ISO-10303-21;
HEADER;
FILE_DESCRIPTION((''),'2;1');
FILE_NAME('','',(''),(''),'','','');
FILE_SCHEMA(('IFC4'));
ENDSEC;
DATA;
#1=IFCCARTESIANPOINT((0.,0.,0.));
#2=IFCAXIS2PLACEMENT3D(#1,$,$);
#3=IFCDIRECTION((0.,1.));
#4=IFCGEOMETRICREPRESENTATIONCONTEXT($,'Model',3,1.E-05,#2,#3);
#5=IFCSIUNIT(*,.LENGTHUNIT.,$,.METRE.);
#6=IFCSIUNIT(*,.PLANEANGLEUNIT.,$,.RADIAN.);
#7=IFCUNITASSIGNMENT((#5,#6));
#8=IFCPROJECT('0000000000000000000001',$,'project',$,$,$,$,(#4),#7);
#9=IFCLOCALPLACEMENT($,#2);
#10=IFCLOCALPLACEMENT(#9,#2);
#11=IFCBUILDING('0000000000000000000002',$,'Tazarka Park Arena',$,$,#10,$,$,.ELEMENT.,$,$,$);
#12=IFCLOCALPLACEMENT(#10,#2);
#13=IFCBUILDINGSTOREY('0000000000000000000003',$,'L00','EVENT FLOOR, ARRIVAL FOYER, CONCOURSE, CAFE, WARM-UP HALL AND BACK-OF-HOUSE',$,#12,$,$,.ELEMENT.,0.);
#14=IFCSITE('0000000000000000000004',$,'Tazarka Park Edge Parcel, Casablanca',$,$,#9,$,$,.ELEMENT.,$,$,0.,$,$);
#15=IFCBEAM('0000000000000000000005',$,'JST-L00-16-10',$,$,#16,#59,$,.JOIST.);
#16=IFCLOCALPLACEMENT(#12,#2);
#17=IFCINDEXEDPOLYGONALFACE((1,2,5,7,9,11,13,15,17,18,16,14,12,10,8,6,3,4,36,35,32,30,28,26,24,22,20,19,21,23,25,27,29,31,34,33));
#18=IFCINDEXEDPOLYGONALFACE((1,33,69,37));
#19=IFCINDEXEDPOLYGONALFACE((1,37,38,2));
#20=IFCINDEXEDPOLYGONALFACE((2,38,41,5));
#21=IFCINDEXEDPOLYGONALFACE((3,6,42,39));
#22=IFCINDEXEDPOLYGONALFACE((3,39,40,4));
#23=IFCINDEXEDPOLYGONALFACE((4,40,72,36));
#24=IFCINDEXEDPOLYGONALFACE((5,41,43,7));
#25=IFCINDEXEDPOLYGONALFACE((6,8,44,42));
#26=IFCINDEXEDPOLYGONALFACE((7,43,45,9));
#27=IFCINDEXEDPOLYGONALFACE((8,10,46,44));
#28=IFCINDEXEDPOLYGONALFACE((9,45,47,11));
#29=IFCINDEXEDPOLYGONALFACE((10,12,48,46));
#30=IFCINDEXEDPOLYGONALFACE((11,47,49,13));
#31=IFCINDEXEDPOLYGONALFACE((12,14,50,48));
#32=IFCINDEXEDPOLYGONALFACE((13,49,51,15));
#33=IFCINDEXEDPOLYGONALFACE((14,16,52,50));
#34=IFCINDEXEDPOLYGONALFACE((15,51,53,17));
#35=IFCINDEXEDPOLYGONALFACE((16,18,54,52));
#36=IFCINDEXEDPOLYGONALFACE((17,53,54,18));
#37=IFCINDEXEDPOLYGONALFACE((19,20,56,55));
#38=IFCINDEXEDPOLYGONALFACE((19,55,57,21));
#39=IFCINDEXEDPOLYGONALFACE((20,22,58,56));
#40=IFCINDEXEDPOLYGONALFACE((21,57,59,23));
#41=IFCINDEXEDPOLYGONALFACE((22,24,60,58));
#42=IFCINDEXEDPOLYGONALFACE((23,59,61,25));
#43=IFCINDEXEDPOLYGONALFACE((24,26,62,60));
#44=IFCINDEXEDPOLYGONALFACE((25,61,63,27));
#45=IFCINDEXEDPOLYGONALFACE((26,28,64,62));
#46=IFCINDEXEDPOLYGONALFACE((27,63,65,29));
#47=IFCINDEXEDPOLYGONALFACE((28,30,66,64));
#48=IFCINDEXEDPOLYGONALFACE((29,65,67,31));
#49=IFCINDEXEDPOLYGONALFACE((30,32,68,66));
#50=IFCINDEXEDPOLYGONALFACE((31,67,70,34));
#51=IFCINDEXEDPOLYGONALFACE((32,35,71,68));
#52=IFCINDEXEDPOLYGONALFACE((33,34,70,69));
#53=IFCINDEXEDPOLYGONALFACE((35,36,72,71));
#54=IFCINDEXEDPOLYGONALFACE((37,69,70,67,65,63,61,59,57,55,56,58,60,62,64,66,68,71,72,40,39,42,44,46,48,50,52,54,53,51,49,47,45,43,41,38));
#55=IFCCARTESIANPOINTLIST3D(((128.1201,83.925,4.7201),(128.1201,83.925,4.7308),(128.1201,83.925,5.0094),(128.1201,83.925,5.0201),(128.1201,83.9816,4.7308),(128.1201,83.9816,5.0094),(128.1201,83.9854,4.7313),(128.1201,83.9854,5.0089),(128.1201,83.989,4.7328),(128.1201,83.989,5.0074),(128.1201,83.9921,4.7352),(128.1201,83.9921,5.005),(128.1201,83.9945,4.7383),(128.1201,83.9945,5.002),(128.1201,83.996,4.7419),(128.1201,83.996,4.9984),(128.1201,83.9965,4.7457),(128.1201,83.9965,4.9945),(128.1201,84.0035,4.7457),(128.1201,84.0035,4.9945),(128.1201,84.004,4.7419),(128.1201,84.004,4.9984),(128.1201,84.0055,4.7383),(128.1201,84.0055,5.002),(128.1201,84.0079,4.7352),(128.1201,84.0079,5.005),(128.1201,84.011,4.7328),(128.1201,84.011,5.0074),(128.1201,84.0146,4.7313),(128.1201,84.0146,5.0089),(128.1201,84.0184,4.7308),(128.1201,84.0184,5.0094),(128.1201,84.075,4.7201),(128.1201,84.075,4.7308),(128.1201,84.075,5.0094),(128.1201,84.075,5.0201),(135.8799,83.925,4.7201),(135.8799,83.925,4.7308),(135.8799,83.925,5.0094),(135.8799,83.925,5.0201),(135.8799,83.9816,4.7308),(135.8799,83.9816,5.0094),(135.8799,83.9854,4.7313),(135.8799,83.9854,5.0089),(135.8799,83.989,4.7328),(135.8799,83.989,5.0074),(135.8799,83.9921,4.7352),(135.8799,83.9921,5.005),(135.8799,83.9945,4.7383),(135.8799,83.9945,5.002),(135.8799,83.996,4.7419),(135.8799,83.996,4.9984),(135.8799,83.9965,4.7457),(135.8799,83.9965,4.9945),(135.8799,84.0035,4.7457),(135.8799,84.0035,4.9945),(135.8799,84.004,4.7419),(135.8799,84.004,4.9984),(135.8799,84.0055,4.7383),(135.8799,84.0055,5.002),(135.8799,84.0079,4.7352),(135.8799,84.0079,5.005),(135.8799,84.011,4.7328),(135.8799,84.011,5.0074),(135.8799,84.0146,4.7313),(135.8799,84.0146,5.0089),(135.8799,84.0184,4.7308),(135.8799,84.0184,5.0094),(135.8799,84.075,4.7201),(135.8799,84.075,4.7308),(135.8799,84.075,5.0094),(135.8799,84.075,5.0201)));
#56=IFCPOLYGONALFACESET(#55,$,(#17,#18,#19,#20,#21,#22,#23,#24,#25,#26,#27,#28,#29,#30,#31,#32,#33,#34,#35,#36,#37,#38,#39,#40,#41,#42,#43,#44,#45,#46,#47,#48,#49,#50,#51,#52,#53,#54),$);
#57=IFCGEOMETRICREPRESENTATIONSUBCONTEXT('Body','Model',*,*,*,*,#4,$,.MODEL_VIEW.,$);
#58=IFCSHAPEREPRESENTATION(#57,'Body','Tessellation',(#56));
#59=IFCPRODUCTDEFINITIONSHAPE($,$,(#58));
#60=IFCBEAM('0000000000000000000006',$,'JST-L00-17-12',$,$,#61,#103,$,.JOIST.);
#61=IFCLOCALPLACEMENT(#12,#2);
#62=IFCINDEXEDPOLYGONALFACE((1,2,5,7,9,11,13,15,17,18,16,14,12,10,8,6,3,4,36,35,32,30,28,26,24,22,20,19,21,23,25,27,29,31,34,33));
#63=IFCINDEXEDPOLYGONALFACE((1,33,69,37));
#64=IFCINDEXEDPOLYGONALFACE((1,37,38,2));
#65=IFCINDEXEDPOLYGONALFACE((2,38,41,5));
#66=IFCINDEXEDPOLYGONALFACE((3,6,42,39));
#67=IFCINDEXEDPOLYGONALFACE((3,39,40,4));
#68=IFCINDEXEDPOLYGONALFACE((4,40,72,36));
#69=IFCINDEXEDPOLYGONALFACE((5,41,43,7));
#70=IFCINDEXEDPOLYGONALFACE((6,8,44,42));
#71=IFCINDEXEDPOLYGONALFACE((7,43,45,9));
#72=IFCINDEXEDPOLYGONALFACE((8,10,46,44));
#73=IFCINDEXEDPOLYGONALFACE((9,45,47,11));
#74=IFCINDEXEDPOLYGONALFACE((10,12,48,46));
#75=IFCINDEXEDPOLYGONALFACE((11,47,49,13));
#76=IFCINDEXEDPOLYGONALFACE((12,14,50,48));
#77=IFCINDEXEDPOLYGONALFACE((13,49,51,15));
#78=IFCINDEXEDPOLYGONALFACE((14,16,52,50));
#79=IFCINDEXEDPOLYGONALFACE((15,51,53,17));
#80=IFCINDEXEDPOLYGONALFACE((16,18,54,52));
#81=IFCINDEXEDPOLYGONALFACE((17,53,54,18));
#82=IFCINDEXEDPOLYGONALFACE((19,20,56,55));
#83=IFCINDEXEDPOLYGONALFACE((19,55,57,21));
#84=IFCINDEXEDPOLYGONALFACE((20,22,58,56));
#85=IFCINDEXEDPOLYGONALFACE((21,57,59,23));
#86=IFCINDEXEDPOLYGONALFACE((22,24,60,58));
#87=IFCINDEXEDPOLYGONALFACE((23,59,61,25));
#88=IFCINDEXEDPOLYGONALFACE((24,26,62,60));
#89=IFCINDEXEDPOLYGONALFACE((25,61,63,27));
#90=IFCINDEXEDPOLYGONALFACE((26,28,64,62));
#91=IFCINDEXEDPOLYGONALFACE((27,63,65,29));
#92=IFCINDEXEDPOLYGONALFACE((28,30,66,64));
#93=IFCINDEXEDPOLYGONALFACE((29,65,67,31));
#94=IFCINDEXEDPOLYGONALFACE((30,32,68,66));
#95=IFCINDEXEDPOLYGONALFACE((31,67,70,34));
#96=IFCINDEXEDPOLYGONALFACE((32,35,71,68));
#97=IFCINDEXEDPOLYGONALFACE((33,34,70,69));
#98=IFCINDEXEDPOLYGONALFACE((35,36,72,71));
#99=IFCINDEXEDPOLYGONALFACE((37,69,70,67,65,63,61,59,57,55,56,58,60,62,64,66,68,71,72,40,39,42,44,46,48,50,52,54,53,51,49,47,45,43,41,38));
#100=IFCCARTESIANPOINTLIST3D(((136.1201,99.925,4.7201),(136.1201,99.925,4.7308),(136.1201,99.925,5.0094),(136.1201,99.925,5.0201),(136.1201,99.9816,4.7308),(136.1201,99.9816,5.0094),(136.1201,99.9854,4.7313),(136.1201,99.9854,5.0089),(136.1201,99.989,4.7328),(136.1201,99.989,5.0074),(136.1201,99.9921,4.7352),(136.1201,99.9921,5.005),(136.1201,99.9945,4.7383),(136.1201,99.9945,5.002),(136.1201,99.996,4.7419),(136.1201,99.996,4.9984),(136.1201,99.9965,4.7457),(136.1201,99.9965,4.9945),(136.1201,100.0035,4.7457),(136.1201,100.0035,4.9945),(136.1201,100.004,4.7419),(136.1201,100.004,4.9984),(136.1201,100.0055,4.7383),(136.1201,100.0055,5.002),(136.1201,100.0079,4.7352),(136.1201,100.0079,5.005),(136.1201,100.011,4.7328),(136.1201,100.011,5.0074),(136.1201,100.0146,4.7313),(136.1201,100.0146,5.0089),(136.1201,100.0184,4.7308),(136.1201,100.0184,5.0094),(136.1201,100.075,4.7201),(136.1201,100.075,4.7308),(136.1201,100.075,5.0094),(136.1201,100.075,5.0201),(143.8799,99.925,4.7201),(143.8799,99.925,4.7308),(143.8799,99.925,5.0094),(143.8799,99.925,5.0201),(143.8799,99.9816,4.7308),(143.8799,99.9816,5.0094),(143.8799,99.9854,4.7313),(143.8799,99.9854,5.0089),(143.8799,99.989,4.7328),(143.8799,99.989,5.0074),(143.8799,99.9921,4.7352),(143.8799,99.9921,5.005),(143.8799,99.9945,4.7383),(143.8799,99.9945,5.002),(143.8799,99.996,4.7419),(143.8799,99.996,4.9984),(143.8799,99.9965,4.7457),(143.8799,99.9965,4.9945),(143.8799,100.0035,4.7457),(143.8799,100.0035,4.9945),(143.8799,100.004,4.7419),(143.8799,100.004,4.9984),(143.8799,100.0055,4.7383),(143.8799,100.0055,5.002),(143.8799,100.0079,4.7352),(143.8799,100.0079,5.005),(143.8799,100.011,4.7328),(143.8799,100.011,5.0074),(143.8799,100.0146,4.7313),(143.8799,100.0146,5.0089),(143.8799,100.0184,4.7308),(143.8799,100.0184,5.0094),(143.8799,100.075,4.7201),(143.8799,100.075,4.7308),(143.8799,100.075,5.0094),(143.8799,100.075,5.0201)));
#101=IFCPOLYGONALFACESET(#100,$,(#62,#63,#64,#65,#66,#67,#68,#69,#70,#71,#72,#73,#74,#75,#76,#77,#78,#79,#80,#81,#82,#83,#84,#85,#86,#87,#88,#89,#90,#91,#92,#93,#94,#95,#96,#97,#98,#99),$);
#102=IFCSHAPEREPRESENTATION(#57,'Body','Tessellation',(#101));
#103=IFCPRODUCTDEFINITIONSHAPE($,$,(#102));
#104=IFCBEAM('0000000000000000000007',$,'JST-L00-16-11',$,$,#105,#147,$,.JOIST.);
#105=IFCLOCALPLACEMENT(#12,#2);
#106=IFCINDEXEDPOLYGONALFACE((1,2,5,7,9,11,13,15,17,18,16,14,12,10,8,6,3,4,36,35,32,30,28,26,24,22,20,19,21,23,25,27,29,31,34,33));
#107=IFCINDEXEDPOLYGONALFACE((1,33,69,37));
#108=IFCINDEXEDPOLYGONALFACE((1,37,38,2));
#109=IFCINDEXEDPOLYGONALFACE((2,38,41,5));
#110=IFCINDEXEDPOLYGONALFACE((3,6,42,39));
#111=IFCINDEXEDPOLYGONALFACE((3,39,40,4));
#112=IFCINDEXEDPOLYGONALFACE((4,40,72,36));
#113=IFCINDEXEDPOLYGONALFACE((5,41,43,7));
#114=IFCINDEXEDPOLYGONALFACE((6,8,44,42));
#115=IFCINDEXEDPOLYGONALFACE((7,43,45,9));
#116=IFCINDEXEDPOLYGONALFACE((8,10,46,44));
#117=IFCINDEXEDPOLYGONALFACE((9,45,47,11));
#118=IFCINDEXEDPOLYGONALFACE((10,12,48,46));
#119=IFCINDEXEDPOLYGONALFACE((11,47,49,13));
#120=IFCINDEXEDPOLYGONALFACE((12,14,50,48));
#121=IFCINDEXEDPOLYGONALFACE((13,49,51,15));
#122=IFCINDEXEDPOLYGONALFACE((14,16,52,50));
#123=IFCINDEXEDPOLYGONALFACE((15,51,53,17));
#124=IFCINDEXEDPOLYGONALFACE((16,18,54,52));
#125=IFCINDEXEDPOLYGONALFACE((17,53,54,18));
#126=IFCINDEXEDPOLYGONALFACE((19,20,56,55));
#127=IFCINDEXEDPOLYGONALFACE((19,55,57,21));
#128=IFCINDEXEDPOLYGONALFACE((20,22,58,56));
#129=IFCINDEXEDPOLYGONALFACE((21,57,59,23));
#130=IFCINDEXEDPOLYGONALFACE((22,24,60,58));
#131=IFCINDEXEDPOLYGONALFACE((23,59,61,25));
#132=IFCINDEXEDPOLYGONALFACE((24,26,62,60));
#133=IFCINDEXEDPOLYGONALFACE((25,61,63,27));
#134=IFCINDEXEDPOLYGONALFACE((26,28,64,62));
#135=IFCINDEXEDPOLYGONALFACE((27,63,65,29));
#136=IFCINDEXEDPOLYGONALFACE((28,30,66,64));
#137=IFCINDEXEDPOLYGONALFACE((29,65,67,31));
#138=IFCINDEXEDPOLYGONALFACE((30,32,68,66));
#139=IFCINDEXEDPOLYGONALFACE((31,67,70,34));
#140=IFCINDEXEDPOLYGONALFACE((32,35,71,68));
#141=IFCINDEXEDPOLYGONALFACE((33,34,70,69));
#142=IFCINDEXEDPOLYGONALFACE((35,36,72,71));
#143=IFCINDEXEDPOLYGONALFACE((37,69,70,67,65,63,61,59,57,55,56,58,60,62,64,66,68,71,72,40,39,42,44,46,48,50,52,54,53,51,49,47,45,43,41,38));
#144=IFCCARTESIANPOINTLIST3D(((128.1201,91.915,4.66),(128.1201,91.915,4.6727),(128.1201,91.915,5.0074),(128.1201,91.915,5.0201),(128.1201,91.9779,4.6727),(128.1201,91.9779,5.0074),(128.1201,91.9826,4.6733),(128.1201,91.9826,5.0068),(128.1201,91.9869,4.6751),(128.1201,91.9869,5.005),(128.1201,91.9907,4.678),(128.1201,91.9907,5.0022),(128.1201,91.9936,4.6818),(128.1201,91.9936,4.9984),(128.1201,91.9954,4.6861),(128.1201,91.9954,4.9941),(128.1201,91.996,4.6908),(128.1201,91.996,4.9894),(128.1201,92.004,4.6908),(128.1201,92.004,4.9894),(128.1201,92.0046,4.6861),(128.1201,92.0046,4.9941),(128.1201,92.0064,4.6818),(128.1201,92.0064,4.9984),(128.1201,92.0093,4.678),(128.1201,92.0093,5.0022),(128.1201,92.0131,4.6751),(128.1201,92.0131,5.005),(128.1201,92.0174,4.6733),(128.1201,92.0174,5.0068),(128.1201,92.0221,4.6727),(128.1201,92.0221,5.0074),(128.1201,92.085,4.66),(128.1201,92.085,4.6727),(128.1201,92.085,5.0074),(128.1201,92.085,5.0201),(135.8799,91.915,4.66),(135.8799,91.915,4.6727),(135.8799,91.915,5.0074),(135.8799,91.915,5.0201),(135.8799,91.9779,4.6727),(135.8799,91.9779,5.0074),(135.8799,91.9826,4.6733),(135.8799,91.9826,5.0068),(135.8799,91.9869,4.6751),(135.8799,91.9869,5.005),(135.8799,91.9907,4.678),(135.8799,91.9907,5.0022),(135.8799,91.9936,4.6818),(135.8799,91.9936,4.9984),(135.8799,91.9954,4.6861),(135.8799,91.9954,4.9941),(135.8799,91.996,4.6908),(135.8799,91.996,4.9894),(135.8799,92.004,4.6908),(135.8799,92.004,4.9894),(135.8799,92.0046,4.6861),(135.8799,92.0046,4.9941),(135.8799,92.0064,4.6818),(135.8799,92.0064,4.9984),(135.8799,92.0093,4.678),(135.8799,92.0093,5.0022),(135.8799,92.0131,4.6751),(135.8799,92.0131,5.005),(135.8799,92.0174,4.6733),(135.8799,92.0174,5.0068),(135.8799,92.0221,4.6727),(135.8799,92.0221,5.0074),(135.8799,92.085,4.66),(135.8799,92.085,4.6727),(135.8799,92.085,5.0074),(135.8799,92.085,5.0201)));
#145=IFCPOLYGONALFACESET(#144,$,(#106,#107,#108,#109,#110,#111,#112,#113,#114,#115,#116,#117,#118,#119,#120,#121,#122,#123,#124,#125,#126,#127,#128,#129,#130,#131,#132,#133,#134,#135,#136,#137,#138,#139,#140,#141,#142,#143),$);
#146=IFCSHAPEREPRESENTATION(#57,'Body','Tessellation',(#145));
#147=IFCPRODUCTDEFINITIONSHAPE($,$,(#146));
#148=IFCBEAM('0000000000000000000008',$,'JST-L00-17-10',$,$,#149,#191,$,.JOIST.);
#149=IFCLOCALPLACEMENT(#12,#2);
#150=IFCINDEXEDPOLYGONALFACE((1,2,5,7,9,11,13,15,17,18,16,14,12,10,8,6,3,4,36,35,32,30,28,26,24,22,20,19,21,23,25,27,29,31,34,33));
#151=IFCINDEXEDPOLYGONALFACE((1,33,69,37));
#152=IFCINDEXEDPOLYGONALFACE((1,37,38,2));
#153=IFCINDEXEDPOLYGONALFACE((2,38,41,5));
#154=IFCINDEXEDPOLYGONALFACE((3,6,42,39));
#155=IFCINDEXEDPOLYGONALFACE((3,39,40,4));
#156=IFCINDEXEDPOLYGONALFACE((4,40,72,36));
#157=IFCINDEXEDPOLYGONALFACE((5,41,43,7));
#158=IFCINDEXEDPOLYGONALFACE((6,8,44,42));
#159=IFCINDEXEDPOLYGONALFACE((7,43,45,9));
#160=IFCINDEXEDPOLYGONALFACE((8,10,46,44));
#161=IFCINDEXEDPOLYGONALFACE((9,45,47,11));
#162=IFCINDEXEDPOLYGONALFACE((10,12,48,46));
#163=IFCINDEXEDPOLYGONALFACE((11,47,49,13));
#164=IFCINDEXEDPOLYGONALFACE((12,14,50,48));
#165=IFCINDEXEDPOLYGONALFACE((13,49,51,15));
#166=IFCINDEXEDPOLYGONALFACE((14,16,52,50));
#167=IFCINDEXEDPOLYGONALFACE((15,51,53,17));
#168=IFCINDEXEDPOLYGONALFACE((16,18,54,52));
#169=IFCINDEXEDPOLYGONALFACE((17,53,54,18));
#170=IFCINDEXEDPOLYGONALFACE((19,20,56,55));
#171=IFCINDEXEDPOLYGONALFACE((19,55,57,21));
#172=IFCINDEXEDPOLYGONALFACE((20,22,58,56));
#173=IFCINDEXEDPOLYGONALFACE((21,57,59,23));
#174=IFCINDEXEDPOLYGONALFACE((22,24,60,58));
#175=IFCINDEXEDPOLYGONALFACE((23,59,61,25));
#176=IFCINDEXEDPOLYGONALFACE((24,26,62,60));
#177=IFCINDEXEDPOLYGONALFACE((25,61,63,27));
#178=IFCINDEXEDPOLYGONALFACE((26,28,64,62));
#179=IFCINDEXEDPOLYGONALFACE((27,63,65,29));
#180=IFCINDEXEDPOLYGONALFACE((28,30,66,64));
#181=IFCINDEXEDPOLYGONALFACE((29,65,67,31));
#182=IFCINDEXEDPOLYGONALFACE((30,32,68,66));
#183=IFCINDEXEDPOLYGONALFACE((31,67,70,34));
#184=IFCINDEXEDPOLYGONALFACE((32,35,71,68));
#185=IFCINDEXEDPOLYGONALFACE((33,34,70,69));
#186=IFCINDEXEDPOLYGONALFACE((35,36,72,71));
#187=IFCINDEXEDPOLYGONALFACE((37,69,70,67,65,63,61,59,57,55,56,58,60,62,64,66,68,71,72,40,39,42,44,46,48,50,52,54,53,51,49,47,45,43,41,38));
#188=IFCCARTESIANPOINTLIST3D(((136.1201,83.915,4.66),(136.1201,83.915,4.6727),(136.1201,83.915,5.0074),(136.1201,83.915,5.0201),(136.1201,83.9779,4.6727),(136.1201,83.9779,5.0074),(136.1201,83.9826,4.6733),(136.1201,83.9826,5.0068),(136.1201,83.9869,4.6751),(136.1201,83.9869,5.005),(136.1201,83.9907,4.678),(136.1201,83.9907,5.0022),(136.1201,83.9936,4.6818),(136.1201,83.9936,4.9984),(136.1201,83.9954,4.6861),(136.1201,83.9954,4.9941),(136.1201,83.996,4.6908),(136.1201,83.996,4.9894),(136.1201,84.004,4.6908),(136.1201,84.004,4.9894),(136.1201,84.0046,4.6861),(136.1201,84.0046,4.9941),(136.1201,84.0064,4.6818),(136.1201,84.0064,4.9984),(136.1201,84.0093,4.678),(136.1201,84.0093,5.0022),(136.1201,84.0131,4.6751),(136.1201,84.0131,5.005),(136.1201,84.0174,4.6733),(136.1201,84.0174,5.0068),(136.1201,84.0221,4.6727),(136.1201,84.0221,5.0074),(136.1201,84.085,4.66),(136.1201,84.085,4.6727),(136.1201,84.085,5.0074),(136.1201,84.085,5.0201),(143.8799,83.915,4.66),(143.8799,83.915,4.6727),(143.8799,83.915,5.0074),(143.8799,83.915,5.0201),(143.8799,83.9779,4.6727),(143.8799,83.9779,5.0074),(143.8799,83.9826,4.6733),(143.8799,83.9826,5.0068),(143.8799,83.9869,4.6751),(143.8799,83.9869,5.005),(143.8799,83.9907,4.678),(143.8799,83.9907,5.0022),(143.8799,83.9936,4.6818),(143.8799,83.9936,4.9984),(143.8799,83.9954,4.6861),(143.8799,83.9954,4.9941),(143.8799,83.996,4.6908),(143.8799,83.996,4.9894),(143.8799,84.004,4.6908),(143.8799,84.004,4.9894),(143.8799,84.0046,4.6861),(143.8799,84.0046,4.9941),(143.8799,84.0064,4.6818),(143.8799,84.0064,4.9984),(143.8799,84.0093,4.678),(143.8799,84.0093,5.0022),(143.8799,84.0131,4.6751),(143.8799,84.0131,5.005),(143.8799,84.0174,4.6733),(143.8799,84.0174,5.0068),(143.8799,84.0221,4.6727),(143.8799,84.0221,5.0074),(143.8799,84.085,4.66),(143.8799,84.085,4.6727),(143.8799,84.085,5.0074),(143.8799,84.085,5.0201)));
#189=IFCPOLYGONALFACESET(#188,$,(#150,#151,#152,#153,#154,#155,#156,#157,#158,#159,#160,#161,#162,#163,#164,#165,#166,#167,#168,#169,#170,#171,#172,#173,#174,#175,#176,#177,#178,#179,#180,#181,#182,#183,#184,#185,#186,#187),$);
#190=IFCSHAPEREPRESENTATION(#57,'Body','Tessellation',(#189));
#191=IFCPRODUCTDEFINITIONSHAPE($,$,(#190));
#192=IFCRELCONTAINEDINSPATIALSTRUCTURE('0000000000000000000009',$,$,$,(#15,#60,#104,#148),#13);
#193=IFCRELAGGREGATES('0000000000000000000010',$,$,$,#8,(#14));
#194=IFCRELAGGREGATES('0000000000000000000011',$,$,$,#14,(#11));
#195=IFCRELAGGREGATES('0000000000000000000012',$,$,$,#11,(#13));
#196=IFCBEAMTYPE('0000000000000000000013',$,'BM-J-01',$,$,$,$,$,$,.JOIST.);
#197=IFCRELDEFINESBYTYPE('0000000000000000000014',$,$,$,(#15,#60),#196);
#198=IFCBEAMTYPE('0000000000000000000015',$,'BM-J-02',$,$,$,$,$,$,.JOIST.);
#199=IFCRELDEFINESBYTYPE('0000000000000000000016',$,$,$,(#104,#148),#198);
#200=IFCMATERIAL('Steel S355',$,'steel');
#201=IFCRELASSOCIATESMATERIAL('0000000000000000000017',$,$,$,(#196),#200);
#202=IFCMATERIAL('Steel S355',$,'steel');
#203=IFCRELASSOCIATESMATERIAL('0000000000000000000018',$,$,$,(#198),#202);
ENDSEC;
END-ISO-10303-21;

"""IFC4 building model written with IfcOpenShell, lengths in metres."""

from ifc_helpers import new_model, si_unit, direction, frame, origin, origin_2d, place, context, subcontext, project, spatial, i_section, extrude, material, material_profile, profile_set, type_object, element, save


model = new_model("IFC4")

# Units and contexts
model_context = context("Model", 3, precision=1e-05, world=origin(), true_north=direction((0.0, 1.0)))
body_context = subcontext(model_context, "Body", "Model", "MODEL_VIEW")
ifc_project = project(units=[si_unit("LENGTHUNIT", "METRE"), si_unit("PLANEANGLEUNIT", "RADIAN")], contexts=[model_context])

# Site, building, storey
site_placement = place(None, origin())
site = spatial("IfcSite", under=ifc_project, at=site_placement, Name="Tazarka Park Edge Parcel, Casablanca", CompositionType="ELEMENT", RefElevation=0.0)
building_placement = place(site_placement, origin())
building = spatial("IfcBuilding", under=site, at=building_placement, Name="Tazarka Park Arena", CompositionType="ELEMENT")
storey_placement = place(building_placement, origin())
storey = spatial("IfcBuildingStorey", under=building, at=storey_placement, Name="L00", Description="EVENT FLOOR, ARRIVAL FOYER, CONCOURSE, CAFE, WARM-UP HALL AND BACK-OF-HOUSE", CompositionType="ELEMENT", Elevation=0.0)

# Beams
ifc_material_1 = material(Name="Steel S355", Category="steel")
ifc_material_profile_1 = material_profile(ifc_material_1, i_section(OverallWidth=0.1499, OverallDepth=0.3, WebThickness=0.0071, FlangeThickness=0.0107, FilletRadius=0.0149, at=origin_2d()), Name="Steel S355")
ifc_profile_set_1 = profile_set([ifc_material_profile_1], Name="Steel S355")
beam_type_1 = type_object("IfcBeamType", Name="BM-J-01", PredefinedType="JOIST", material=ifc_profile_set_1)
for number, where, z_axis, x_axis, name in (
    (1, (128.1201, 84.0, 4.8701), (1.0, 0.0, 0.0), (0.0, 1.0, 0.0), "JST-L00-16-10"),
    (2, (136.1201, 100.0, 4.8701), (1.0, 0.0, 0.0), (0.0, 1.0, 0.0), "JST-L00-17-12"),
):
    element("IfcBeam", number, at=place(storey_placement, frame(where, z_axis=z_axis, x_axis=x_axis)), inside=storey, type_object=beam_type_1, Name=name, PredefinedType="JOIST", context=body_context, shape_type="SweptSolid", body=[
        extrude(i_section(OverallWidth=0.1499, OverallDepth=0.3, WebThickness=0.0071, FlangeThickness=0.0107, FilletRadius=0.0149, at=origin_2d()), origin(), (0.0, 0.0, 1.0), 7.7598),
    ])
ifc_material_2 = material(Name="Steel S355", Category="steel")
ifc_material_profile_2 = material_profile(ifc_material_2, i_section(OverallWidth=0.1699, OverallDepth=0.3601, WebThickness=0.0081, FlangeThickness=0.0127, FilletRadius=0.0181, at=origin_2d()), Name="Steel S355")
ifc_profile_set_2 = profile_set([ifc_material_profile_2], Name="Steel S355")
beam_type_2 = type_object("IfcBeamType", Name="BM-J-02", PredefinedType="JOIST", material=ifc_profile_set_2)
for number, where, z_axis, x_axis, name in (
    (3, (128.1201, 92.0, 4.8401), (1.0, 0.0, 0.0), (0.0, 1.0, 0.0), "JST-L00-16-11"),
    (4, (136.1201, 84.0, 4.8401), (1.0, 0.0, 0.0), (0.0, 1.0, 0.0), "JST-L00-17-10"),
):
    element("IfcBeam", number, at=place(storey_placement, frame(where, z_axis=z_axis, x_axis=x_axis)), inside=storey, type_object=beam_type_2, Name=name, PredefinedType="JOIST", context=body_context, shape_type="SweptSolid", body=[
        extrude(i_section(OverallWidth=0.1699, OverallDepth=0.3601, WebThickness=0.0081, FlangeThickness=0.0127, FilletRadius=0.0181, at=origin_2d()), origin(), (0.0, 0.0, 1.0), 7.7598),
    ])

save(model, "model.ifc")
